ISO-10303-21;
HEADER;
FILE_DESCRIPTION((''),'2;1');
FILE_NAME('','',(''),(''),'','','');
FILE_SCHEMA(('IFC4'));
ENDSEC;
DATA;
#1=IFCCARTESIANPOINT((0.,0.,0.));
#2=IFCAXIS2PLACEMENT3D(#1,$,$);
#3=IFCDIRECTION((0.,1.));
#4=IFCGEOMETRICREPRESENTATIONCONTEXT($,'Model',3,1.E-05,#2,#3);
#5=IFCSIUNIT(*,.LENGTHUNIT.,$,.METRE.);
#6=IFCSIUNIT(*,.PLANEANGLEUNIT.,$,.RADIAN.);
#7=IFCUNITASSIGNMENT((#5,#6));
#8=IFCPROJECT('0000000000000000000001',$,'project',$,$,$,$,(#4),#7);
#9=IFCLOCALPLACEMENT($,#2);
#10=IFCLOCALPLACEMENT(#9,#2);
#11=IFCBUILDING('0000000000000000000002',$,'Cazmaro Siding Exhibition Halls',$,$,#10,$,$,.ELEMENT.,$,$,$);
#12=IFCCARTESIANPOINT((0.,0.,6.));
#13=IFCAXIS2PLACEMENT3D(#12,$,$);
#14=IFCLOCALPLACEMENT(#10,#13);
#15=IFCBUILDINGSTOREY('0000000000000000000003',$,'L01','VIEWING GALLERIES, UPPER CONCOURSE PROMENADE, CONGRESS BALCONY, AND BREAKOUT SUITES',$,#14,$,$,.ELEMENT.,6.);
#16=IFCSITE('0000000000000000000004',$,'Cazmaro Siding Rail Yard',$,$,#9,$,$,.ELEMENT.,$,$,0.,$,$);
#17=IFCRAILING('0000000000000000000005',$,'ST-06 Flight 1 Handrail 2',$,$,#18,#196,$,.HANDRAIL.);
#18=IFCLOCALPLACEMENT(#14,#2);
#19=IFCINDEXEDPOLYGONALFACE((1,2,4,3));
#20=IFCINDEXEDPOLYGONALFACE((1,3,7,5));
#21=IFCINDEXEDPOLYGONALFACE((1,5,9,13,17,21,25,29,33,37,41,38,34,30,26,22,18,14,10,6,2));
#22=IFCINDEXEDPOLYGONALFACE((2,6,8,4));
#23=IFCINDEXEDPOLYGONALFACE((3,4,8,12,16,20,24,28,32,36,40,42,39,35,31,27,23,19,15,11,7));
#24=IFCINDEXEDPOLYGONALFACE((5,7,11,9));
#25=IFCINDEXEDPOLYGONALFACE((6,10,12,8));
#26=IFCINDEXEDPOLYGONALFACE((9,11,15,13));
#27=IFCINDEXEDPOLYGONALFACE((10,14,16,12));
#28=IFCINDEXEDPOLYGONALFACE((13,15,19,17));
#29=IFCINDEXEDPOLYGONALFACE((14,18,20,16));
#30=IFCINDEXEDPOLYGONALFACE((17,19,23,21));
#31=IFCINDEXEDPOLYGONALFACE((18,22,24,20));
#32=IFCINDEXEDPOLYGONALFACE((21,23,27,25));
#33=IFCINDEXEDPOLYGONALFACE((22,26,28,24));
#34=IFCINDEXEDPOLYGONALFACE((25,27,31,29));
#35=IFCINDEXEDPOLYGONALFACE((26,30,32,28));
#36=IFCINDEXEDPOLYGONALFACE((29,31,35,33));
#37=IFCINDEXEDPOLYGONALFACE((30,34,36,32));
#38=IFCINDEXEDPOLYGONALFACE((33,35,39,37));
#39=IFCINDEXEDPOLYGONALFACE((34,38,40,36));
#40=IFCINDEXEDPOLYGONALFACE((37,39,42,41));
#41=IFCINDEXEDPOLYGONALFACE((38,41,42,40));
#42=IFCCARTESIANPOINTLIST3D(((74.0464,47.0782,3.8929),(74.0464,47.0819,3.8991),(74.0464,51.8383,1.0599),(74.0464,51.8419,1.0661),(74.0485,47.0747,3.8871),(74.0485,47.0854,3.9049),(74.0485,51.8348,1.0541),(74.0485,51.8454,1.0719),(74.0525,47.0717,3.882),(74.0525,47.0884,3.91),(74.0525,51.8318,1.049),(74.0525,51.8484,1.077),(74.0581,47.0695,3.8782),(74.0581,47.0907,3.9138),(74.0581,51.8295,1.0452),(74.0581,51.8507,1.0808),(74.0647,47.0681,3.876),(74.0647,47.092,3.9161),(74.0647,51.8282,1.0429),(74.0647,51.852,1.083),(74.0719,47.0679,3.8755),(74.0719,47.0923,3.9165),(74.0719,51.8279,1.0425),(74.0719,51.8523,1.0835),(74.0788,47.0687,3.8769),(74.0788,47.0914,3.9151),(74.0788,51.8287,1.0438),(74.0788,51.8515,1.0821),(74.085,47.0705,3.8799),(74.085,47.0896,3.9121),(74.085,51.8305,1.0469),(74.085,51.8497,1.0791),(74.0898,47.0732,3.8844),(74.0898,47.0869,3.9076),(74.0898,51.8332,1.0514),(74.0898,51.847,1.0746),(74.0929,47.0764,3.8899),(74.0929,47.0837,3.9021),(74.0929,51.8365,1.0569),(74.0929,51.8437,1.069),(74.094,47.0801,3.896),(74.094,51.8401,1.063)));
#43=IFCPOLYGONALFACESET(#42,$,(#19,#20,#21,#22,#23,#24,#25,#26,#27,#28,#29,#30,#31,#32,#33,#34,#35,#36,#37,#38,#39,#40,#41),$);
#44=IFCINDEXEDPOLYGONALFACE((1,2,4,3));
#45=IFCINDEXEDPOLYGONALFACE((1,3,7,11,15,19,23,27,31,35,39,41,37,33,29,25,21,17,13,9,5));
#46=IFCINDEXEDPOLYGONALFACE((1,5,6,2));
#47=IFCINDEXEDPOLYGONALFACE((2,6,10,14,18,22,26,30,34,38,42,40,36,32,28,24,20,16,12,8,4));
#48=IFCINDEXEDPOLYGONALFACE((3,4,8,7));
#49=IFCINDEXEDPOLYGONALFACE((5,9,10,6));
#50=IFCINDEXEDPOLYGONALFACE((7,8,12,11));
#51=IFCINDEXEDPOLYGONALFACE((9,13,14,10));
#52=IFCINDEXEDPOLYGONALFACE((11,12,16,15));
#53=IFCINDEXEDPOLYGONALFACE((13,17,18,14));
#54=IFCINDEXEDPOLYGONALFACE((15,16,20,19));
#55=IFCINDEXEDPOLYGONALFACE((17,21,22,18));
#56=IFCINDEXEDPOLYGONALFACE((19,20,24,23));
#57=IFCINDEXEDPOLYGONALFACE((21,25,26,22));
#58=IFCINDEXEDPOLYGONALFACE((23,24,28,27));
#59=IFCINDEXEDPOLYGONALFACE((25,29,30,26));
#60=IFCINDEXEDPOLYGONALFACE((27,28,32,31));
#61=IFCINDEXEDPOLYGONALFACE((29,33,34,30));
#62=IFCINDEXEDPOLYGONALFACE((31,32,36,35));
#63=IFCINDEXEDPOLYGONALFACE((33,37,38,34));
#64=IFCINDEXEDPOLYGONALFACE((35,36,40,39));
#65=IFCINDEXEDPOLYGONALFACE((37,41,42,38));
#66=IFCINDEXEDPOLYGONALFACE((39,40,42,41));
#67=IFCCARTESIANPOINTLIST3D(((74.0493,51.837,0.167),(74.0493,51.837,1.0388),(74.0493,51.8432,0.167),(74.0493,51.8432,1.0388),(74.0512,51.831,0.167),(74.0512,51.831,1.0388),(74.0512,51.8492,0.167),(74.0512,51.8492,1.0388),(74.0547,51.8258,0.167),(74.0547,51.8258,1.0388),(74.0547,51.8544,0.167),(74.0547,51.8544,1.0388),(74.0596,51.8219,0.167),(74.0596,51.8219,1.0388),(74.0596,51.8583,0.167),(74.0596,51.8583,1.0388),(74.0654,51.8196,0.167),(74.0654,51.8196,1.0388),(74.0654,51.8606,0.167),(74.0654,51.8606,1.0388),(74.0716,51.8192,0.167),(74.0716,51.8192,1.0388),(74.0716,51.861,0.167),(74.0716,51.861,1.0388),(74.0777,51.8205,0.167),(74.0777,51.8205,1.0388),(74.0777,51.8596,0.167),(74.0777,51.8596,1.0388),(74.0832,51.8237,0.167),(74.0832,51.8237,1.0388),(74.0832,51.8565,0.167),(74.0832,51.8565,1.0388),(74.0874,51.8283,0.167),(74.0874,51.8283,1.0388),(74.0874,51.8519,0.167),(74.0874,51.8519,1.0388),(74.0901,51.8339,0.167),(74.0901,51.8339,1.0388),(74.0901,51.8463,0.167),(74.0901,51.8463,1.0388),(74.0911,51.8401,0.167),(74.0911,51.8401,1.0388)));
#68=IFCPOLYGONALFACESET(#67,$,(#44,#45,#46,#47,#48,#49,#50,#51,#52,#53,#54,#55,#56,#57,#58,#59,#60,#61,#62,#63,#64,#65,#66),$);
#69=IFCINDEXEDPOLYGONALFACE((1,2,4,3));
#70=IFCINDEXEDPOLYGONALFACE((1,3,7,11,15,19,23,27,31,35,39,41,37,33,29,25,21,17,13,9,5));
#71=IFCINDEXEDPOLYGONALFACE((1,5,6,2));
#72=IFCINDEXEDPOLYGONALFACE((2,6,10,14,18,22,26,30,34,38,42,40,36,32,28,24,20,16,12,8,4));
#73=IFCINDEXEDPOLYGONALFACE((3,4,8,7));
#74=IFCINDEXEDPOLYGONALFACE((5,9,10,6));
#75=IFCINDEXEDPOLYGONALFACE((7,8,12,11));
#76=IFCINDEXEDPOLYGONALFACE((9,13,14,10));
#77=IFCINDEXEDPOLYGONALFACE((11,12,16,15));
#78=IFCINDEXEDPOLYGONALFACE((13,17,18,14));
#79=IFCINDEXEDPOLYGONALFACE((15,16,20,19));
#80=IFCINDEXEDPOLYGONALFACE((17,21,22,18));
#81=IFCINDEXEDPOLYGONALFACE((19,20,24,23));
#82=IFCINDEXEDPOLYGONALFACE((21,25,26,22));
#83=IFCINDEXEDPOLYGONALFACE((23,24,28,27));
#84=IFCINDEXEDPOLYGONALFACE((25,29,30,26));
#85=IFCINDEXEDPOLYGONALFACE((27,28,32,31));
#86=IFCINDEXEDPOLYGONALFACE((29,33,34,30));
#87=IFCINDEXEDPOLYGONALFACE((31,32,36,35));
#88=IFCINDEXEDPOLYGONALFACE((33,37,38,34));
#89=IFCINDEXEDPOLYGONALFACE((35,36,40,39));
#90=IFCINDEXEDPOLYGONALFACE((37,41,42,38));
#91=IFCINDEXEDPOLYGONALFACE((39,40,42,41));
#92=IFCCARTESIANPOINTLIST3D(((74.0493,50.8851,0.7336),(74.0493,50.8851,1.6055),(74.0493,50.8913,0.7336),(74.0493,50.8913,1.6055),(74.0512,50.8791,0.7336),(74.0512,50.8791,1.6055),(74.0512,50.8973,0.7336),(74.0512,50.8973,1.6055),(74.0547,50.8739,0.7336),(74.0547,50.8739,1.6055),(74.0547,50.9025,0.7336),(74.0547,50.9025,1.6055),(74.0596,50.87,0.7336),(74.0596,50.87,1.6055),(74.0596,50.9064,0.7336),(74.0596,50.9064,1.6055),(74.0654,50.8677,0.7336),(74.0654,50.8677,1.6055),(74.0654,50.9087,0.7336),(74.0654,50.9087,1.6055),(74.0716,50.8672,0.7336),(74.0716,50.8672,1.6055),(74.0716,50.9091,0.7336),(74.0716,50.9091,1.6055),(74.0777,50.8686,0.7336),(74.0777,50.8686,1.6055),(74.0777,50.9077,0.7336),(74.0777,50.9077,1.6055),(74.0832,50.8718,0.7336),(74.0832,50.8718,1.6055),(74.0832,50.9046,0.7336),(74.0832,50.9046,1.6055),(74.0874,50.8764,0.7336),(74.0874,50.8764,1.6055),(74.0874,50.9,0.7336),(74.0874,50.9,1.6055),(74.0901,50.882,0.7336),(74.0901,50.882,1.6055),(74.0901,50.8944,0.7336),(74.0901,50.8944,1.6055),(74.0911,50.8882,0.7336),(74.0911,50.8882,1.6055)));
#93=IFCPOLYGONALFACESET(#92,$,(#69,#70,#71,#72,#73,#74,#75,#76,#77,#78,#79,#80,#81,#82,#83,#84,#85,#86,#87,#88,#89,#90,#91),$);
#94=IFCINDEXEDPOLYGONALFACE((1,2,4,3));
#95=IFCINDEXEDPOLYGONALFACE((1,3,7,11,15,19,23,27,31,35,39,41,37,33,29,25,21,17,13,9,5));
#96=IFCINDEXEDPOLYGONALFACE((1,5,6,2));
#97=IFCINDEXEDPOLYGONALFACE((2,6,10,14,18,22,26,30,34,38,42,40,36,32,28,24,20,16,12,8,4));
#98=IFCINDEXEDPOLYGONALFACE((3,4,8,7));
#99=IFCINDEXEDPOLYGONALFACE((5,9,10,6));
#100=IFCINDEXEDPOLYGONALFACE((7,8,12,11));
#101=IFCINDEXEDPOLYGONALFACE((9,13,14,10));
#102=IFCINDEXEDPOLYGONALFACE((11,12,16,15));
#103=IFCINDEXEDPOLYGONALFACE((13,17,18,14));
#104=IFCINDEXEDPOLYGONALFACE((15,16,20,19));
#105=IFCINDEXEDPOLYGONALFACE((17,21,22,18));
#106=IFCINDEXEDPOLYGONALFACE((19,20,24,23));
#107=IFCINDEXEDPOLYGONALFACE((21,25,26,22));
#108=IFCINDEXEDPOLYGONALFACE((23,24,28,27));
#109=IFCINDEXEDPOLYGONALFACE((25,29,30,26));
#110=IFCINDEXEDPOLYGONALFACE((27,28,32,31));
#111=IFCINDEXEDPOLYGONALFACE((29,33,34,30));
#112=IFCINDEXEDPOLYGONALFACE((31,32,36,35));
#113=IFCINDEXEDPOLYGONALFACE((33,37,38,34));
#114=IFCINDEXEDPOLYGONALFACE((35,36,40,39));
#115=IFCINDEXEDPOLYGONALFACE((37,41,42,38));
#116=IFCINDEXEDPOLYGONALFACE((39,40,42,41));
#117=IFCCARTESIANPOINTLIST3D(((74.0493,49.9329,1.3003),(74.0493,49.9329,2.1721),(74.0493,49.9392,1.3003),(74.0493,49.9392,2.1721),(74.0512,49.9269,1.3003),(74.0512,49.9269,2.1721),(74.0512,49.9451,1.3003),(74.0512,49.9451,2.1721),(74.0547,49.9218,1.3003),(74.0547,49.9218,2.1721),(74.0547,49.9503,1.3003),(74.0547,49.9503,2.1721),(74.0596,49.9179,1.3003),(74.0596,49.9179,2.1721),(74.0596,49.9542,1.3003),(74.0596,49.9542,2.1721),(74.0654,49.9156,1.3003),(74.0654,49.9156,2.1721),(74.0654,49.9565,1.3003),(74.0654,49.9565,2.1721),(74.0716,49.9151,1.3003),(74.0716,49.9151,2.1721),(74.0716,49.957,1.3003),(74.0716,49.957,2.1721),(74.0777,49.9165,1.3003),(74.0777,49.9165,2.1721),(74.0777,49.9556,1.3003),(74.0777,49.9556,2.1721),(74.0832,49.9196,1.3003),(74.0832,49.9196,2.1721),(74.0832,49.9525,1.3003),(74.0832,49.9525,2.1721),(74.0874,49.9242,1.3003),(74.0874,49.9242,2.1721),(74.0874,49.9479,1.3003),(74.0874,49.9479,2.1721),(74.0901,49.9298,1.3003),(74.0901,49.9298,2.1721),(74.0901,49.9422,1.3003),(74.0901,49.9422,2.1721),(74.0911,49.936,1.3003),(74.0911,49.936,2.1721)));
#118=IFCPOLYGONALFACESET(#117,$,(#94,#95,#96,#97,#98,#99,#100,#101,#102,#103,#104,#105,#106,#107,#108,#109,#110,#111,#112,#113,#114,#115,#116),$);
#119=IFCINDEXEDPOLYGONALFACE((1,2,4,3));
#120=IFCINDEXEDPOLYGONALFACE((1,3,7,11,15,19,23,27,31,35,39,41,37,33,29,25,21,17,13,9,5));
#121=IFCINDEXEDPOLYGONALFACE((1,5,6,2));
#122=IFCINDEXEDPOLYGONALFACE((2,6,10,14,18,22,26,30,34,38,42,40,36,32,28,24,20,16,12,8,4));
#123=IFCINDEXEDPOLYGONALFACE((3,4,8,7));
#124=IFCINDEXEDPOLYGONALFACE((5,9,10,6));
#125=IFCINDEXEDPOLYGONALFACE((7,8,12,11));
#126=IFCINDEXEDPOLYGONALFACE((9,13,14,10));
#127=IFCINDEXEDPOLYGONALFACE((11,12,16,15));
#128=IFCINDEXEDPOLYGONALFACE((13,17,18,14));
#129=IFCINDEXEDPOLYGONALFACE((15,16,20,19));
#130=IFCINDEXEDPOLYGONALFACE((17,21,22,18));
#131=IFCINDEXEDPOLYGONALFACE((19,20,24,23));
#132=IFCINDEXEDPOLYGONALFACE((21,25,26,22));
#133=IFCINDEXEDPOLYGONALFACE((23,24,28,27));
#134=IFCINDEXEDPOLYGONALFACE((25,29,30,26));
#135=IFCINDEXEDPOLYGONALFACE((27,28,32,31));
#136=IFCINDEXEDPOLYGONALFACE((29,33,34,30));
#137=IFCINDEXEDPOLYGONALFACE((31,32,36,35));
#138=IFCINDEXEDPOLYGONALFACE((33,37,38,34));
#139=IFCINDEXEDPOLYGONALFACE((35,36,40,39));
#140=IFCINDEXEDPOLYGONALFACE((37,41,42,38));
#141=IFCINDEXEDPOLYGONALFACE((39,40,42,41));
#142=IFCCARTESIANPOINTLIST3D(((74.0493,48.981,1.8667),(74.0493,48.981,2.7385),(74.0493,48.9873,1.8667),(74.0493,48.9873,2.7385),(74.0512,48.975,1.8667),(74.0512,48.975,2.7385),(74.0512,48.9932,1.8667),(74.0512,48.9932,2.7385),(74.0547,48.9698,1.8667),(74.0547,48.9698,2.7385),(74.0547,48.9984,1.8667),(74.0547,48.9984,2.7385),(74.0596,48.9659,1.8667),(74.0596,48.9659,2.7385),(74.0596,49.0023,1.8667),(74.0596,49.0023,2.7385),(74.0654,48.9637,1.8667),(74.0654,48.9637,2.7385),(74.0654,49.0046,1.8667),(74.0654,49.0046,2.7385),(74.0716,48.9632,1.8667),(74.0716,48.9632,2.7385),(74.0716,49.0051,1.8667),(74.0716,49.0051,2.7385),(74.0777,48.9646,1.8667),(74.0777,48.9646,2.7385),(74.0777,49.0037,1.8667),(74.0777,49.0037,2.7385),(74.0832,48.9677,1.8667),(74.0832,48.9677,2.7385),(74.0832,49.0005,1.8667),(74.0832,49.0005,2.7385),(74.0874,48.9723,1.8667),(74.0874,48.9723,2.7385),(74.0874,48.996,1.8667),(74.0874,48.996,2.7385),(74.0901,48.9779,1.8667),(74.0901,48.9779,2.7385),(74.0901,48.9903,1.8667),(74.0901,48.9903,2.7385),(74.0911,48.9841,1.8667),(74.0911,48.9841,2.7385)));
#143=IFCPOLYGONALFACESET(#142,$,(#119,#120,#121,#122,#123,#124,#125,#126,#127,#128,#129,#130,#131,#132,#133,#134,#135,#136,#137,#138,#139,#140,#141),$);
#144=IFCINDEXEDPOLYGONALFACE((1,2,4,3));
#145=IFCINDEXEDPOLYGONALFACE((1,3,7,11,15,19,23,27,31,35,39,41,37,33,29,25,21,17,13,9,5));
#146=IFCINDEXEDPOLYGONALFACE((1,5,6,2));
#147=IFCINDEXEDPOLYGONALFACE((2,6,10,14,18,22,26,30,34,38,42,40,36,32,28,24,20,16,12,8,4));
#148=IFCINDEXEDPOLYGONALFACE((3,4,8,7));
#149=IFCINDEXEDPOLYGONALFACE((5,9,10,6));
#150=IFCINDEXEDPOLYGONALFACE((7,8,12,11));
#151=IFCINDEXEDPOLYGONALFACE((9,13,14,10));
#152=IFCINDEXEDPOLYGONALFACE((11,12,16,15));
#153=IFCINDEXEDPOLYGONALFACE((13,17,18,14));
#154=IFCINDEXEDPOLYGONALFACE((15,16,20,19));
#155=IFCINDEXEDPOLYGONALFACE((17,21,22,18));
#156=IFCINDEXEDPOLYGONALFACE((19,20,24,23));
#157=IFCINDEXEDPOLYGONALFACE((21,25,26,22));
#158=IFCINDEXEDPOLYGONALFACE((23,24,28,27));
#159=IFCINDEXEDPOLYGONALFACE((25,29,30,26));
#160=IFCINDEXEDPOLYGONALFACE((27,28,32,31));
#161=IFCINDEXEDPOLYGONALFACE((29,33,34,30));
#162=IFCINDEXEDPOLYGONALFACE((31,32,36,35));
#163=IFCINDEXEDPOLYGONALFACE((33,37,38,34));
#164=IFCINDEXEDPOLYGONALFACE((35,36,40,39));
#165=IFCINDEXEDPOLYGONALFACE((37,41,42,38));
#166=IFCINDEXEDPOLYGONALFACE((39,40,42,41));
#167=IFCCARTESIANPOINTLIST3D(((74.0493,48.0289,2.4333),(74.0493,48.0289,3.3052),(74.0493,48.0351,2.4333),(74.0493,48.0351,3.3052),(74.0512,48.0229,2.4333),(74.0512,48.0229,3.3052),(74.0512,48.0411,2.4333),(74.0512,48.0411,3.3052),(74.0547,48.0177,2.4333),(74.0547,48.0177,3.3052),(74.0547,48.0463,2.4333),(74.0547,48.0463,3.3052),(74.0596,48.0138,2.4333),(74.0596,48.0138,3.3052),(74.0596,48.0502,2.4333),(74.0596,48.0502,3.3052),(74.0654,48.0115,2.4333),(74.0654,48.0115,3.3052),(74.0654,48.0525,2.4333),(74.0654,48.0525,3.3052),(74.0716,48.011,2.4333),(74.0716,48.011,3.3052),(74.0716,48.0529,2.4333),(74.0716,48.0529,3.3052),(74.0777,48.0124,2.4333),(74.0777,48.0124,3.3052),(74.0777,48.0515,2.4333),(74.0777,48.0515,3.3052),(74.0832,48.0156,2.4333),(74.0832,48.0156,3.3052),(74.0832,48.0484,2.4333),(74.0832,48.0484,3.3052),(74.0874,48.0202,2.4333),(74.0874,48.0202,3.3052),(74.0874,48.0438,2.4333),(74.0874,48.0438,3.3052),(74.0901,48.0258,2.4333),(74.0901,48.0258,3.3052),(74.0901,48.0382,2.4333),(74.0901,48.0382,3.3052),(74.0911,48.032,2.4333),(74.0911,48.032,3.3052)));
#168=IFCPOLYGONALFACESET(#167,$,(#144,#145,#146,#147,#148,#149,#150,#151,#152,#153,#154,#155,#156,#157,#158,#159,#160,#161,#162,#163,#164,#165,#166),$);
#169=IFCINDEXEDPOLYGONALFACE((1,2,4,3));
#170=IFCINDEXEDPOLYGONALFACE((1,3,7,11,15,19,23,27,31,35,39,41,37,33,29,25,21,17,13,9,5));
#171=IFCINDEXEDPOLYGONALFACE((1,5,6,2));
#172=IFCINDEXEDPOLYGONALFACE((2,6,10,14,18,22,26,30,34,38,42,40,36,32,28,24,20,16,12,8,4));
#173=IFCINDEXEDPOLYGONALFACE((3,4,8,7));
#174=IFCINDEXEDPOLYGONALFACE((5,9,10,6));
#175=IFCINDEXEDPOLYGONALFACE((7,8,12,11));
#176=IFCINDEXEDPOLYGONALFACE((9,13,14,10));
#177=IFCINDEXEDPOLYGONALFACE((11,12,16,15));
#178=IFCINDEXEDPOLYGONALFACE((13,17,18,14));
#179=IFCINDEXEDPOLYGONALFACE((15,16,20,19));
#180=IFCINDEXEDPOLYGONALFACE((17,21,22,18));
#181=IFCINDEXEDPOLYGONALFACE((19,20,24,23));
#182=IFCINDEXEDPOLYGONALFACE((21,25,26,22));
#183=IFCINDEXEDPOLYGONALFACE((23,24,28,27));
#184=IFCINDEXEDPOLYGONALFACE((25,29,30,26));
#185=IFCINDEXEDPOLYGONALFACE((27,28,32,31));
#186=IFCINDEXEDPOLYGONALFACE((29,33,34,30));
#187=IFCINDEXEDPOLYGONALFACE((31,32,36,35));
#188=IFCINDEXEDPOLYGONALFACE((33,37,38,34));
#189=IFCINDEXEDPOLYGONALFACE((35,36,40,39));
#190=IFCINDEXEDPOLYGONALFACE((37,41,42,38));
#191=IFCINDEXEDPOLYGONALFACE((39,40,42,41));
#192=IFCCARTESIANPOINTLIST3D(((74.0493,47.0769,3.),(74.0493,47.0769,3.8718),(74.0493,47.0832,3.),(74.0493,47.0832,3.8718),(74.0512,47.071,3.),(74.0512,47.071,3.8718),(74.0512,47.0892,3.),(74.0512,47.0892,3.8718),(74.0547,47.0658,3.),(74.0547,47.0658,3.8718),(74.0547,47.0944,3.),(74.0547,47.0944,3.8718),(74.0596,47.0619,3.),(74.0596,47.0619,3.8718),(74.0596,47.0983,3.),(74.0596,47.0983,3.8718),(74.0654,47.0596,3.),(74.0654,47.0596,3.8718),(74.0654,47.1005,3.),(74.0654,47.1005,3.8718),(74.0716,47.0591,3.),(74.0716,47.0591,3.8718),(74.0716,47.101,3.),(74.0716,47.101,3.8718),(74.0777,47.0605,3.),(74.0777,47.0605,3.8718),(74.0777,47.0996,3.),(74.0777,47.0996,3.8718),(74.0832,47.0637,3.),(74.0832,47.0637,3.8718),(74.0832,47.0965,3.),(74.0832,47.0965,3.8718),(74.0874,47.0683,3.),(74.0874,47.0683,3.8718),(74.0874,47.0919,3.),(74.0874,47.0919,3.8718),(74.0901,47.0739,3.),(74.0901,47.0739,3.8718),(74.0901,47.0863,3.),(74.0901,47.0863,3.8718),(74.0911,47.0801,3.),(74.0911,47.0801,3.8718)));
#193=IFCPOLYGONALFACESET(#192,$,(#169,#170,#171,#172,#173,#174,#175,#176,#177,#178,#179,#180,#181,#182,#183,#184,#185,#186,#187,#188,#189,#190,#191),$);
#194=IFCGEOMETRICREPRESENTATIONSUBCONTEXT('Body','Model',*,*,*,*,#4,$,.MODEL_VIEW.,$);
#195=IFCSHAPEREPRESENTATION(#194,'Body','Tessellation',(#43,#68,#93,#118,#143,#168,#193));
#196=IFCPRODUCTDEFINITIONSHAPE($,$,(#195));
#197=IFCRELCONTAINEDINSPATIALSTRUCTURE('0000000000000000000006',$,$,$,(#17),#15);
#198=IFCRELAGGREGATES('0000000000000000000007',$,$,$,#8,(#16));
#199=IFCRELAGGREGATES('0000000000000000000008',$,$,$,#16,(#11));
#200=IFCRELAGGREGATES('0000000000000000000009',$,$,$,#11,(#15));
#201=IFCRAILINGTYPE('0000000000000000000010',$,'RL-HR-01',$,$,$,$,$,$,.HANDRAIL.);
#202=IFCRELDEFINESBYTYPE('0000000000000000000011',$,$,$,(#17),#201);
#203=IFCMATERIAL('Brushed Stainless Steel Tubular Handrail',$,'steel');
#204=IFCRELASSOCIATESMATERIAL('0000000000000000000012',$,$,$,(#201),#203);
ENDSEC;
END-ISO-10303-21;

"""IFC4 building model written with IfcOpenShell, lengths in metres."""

from ifc_helpers import new_model, si_unit, direction, frame, origin, origin_2d, place, context, subcontext, project, spatial, circle, extrude, material, type_object, element, save


model = new_model("IFC4")

# Units and contexts
model_context = context("Model", 3, precision=1e-05, world=origin(), true_north=direction((0.0, 1.0)))
body_context = subcontext(model_context, "Body", "Model", "MODEL_VIEW")
ifc_project = project(units=[si_unit("LENGTHUNIT", "METRE"), si_unit("PLANEANGLEUNIT", "RADIAN")], contexts=[model_context])

# Site, building, storey
site_placement = place(None, origin())
site = spatial("IfcSite", under=ifc_project, at=site_placement, Name="Cazmaro Siding Rail Yard", CompositionType="ELEMENT", RefElevation=0.0)
building_placement = place(site_placement, origin())
building = spatial("IfcBuilding", under=site, at=building_placement, Name="Cazmaro Siding Exhibition Halls", CompositionType="ELEMENT")
storey_placement = place(building_placement, frame((0.0, 0.0, 6.0)))
storey = spatial("IfcBuildingStorey", under=building, at=storey_placement, Name="L01", Description="VIEWING GALLERIES, UPPER CONCOURSE PROMENADE, CONGRESS BALCONY, AND BREAKOUT SUITES", CompositionType="ELEMENT", Elevation=6.0)

# Railing
ifc_material_1 = material(Name="Brushed Stainless Steel Tubular Handrail", Category="steel")
railing_type_1 = type_object("IfcRailingType", Name="RL-HR-01", PredefinedType="HANDRAIL", material=ifc_material_1)
railing_1_placement = place(storey_placement, frame((74.0701, 51.8401, 0.167)))
element("IfcRailing", 1, at=railing_1_placement, inside=storey, type_object=railing_type_1, Name="ST-06 Flight 1 Handrail 2", PredefinedType="HANDRAIL", context=body_context, shape_type="SweptSolid", body=[
    extrude(circle(Radius=0.0239, at=origin_2d()), frame((0.0, 0.0, 0.896), z_axis=(0.0, -0.859319, 0.51144), x_axis=(1.0, 0.0, 0.0)), (0.0, 0.0, 1.0), 5.5393),
    extrude(circle(Radius=0.021, at=origin_2d()), origin(), (0.0, 0.0, 1.0), 0.8718),
    extrude(circle(Radius=0.021, at=origin_2d()), frame((0.0, -0.9519, 0.5667)), (0.0, 0.0, 1.0), 0.8718),
    extrude(circle(Radius=0.021, at=origin_2d()), frame((0.0, -1.9041, 1.1333)), (0.0, 0.0, 1.0), 0.8718),
    extrude(circle(Radius=0.021, at=origin_2d()), frame((0.0, -2.856, 1.6997)), (0.0, 0.0, 1.0), 0.8718),
    extrude(circle(Radius=0.021, at=origin_2d()), frame((0.0, -3.8081, 2.2664)), (0.0, 0.0, 1.0), 0.8718),
    extrude(circle(Radius=0.021, at=origin_2d()), frame((0.0, -4.76, 2.833)), (0.0, 0.0, 1.0), 0.8718),
])

save(model, "model.ifc")
